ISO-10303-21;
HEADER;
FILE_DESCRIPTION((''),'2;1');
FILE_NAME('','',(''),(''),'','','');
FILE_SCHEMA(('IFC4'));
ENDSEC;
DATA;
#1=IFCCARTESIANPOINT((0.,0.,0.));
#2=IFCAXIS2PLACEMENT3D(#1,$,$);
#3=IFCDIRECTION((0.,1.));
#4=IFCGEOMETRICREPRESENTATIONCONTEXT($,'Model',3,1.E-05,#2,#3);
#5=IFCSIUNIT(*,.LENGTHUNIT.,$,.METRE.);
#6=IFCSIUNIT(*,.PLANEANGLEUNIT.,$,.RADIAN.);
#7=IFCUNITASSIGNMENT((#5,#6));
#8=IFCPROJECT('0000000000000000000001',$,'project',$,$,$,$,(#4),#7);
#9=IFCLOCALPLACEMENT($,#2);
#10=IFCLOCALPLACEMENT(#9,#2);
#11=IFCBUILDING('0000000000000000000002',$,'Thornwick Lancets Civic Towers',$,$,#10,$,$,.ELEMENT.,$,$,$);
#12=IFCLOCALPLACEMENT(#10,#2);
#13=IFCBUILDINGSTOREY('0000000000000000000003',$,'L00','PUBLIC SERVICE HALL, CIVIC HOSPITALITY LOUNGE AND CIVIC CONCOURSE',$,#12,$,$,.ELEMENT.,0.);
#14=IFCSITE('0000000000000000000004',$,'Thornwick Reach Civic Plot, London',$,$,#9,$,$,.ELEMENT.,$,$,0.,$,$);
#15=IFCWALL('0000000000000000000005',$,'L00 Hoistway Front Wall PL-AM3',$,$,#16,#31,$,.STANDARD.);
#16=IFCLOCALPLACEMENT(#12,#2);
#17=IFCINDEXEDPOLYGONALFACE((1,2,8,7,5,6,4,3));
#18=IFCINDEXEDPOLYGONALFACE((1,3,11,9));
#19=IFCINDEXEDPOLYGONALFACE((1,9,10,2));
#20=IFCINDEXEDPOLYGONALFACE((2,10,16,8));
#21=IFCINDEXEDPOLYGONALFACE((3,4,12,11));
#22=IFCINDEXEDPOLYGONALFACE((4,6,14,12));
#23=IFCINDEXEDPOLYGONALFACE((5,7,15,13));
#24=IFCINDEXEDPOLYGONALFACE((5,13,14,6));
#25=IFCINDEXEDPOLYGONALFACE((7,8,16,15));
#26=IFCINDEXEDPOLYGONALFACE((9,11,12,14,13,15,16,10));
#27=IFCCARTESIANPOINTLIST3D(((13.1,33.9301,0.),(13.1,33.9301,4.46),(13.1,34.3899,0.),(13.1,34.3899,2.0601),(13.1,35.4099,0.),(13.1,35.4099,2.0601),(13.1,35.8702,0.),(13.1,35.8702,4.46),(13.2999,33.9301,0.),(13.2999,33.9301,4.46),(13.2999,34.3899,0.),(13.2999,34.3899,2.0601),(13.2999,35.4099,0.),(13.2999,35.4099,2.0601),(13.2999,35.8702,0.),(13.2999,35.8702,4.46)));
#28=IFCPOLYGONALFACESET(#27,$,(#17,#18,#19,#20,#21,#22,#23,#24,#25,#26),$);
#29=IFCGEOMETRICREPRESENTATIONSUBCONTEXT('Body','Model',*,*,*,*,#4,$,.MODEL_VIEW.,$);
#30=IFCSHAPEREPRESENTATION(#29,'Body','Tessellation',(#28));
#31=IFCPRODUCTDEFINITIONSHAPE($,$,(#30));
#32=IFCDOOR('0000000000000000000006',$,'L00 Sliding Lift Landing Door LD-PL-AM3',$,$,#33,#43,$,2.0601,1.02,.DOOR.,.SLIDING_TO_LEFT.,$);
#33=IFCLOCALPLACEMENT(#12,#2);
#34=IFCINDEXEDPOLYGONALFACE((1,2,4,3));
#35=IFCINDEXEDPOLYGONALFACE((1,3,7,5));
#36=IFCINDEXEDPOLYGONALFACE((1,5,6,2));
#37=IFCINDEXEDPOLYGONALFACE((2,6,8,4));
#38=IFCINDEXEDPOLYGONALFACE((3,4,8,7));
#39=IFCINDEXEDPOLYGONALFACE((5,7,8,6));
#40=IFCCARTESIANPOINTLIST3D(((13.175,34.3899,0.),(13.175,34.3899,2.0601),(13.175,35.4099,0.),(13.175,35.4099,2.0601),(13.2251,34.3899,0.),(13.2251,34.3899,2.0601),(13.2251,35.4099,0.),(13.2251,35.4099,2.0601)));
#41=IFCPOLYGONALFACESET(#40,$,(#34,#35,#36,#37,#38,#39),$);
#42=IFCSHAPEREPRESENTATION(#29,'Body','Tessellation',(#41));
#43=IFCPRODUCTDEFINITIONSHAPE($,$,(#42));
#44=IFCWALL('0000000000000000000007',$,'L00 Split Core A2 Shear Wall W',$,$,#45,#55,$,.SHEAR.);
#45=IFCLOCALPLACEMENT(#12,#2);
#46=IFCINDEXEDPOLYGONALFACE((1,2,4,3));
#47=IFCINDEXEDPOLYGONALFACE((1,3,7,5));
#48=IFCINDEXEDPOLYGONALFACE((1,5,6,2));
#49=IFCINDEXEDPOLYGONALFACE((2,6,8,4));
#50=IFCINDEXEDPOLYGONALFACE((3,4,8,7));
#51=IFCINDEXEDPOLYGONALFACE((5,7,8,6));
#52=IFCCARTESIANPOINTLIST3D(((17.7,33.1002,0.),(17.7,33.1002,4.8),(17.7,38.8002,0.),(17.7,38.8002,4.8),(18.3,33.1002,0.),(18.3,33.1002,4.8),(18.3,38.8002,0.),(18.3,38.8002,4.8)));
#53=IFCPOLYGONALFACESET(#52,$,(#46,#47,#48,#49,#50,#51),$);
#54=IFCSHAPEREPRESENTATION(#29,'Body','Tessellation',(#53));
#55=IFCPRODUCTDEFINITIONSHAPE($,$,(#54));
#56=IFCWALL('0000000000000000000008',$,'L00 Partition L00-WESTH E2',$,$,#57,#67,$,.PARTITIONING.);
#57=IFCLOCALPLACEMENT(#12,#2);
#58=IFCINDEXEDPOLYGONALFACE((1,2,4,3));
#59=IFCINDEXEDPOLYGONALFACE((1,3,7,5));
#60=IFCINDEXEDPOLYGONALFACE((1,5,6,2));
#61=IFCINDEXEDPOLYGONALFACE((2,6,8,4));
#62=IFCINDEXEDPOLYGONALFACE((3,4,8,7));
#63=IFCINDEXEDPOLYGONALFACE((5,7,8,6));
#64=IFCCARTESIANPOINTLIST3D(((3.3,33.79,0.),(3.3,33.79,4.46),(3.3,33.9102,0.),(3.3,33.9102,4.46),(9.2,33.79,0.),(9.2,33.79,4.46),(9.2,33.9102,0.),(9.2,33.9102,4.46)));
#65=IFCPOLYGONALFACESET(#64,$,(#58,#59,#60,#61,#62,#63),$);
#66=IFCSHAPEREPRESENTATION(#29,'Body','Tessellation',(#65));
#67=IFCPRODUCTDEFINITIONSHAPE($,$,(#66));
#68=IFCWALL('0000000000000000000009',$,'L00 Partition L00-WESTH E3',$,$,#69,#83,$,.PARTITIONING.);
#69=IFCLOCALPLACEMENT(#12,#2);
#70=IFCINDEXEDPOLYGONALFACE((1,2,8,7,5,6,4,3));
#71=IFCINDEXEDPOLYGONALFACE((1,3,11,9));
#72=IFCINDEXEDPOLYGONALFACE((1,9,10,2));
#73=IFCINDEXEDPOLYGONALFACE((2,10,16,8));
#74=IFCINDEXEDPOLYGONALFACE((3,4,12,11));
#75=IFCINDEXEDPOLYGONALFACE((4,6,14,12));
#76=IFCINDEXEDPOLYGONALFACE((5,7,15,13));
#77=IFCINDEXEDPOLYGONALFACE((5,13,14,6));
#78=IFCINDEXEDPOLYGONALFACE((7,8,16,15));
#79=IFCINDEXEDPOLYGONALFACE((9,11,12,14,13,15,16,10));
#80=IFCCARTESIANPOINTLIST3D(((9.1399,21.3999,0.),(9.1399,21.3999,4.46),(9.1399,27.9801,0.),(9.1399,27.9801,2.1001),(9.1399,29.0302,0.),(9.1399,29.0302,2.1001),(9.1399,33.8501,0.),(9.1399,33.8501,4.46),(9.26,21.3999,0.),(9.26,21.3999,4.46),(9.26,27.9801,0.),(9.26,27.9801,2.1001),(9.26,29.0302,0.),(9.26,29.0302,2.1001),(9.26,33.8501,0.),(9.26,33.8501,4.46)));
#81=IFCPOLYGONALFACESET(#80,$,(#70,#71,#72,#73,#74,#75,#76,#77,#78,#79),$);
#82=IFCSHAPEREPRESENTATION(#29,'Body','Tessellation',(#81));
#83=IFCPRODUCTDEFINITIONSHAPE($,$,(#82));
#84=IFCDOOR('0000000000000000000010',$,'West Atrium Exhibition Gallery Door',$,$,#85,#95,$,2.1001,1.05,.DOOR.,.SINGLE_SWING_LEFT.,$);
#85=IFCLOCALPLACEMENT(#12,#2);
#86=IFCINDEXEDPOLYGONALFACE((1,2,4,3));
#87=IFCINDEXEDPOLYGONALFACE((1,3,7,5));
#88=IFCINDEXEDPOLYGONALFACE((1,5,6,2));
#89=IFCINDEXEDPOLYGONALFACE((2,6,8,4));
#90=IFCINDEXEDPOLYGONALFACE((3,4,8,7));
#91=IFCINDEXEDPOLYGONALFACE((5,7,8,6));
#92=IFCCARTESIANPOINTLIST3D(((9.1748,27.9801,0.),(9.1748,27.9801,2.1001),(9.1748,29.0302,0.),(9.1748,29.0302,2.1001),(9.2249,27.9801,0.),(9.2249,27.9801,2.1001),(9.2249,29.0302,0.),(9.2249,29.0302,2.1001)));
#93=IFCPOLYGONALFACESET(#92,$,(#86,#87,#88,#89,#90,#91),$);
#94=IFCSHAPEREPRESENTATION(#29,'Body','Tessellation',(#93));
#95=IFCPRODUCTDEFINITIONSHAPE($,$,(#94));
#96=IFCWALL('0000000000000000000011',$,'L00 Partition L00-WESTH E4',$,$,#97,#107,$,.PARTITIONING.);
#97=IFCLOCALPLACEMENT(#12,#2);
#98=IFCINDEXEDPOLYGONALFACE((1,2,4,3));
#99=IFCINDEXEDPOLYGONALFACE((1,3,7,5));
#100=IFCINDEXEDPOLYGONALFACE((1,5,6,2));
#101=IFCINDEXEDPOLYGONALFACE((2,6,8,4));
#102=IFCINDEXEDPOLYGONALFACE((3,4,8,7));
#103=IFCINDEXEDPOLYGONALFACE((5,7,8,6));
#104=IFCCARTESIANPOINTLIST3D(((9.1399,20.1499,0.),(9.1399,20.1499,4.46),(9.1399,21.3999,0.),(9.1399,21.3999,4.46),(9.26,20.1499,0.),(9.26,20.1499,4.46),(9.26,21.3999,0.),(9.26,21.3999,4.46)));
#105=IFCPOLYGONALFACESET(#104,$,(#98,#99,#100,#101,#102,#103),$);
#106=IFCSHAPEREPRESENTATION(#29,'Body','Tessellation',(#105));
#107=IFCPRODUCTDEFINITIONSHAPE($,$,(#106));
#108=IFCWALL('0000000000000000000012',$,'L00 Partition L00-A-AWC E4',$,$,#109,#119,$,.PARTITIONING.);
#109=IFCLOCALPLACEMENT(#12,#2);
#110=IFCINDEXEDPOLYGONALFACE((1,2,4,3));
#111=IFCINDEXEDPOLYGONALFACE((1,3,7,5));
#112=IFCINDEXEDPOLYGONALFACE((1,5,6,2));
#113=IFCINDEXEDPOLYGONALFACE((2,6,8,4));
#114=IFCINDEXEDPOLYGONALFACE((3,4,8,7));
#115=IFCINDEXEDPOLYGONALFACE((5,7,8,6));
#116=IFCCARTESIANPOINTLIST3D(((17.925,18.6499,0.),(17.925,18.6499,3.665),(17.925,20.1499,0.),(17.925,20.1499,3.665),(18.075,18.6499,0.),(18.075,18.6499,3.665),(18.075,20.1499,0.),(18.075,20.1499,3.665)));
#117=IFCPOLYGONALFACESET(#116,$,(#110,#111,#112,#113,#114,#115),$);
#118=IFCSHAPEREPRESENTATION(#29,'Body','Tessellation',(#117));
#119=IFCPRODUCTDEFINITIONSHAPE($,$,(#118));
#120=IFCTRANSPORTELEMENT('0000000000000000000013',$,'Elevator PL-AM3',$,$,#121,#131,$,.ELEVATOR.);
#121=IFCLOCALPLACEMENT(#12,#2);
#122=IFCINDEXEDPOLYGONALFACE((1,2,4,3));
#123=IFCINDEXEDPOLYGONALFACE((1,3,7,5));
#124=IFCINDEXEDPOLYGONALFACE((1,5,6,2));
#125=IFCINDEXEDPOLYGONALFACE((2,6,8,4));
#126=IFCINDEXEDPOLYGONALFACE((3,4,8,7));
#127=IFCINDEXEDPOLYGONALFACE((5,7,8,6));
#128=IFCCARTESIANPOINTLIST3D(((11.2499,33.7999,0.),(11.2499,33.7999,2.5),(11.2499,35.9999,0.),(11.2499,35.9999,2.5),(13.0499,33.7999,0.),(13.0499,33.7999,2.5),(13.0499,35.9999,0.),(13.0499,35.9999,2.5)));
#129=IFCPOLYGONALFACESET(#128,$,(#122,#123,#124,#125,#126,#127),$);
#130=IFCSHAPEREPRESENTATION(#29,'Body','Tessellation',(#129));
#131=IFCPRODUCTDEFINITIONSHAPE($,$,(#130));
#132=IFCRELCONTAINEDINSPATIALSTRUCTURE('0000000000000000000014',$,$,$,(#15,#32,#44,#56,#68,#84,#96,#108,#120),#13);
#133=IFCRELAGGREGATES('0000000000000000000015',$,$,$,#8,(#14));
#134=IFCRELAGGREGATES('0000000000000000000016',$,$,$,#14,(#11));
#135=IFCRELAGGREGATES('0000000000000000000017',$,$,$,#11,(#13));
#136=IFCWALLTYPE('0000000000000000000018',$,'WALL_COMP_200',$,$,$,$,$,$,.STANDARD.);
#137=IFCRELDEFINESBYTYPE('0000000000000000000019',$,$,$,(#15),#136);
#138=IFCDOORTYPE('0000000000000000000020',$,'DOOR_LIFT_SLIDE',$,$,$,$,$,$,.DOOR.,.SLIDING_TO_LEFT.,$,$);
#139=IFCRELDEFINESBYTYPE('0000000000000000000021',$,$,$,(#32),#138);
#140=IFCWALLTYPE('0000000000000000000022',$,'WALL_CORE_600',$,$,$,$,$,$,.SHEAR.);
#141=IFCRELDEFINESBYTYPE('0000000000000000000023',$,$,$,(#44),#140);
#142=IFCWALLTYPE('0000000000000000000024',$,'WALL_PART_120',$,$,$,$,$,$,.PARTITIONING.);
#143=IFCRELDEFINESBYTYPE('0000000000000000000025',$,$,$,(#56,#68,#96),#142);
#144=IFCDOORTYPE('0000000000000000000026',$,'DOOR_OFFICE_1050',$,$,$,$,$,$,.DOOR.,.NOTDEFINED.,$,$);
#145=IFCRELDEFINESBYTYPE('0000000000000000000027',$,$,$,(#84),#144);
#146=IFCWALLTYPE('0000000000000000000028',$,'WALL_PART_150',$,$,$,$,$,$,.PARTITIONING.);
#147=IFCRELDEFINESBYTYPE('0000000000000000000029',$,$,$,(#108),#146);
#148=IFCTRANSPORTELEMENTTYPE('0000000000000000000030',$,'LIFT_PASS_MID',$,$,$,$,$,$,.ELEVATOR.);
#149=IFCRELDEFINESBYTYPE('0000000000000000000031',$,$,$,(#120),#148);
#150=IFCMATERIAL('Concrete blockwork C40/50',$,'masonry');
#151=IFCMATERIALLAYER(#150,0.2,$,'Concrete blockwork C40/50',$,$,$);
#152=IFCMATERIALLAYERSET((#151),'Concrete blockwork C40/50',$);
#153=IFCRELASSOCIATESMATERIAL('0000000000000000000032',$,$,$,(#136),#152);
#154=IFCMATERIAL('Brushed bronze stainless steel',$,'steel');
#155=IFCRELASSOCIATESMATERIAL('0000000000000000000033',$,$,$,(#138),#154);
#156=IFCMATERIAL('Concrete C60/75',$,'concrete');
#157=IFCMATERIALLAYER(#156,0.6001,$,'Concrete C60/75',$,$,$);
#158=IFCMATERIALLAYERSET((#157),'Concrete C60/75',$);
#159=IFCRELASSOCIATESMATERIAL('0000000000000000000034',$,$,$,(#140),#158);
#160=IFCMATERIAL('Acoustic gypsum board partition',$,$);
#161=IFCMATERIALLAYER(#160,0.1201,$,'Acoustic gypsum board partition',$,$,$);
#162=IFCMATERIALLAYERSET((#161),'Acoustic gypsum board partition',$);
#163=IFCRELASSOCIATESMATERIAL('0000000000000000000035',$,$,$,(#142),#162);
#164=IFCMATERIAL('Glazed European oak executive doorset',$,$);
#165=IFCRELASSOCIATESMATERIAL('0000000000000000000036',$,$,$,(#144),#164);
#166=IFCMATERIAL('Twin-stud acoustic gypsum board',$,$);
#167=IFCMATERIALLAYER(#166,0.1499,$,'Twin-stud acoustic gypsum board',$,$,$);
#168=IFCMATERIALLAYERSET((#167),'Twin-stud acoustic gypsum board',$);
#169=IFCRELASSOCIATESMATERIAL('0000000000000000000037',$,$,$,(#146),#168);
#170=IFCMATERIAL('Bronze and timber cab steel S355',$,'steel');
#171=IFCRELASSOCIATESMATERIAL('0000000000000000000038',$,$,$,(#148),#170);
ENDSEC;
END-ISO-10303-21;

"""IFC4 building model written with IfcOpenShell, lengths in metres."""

from ifc_helpers import new_model, si_unit, direction, frame, frame_2d, origin, origin_2d, place, context, subcontext, project, spatial, rectangle, extrude, material, layer, layer_set, type_object, element, fill, save


model = new_model("IFC4")

# Units and contexts
model_context = context("Model", 3, precision=1e-05, world=origin(), true_north=direction((0.0, 1.0)))
body_context = subcontext(model_context, "Body", "Model", "MODEL_VIEW")
ifc_project = project(units=[si_unit("LENGTHUNIT", "METRE"), si_unit("PLANEANGLEUNIT", "RADIAN")], contexts=[model_context])

# Site, building, storey
site_placement = place(None, origin())
site = spatial("IfcSite", under=ifc_project, at=site_placement, Name="Thornwick Reach Civic Plot, London", CompositionType="ELEMENT", RefElevation=0.0)
building_placement = place(site_placement, origin())
building = spatial("IfcBuilding", under=site, at=building_placement, Name="Thornwick Lancets Civic Towers", CompositionType="ELEMENT")
storey_placement = place(building_placement, origin())
storey = spatial("IfcBuildingStorey", under=building, at=storey_placement, Name="L00", Description="PUBLIC SERVICE HALL, CIVIC HOSPITALITY LOUNGE AND CIVIC CONCOURSE", CompositionType="ELEMENT", Elevation=0.0)

# Shared definitions
ifc_material_1 = material(Name="Concrete C60/75", Category="concrete")

# Wall, opening, door
ifc_material_2 = material(Name="Concrete blockwork C40/50", Category="masonry")
ifc_layer_1 = layer(ifc_material_2, 0.2, Name="Concrete blockwork C40/50")
ifc_layer_set_1 = layer_set([ifc_layer_1], Name="Concrete blockwork C40/50")
wall_type_1 = type_object("IfcWallType", Name="WALL_COMP_200", PredefinedType="STANDARD", material=ifc_layer_set_1)
wall_1_placement = place(storey_placement, frame((13.2, 33.9299, 0.0), z_axis=(0.0, 0.0, 1.0), x_axis=(0.0, 1.0, 0.0)))
wall_1 = element("IfcWall", 1, at=wall_1_placement, inside=storey, type_object=wall_type_1, Name="L00 Hoistway Front Wall PL-AM3", PredefinedType="STANDARD", context=body_context, shape_type="SweptSolid", body=[
    extrude(rectangle(XDim=1.9402, YDim=0.2, at=frame_2d((0.9702, 0.0))), origin(), (0.0, 0.0, 1.0), 4.46),
])
opening_1_placement = place(wall_1_placement, frame((0.46, 0.0, 0.0)))
opening_1 = element("IfcOpeningElement", 2, at=opening_1_placement, cuts=wall_1, PredefinedType="OPENING", context=body_context, shape_type="SweptSolid", body=[
    extrude(rectangle(XDim=1.02, YDim=2.0601, at=frame_2d((0.51, 1.03))), frame((0.0, 0.1099, 0.0), z_axis=(0.0, -1.0, 0.0), x_axis=(1.0, 0.0, 0.0)), (0.0, 0.0, 1.0), 0.22),
])
ifc_material_3 = material(Name="Brushed bronze stainless steel", Category="steel")
door_type_1 = type_object("IfcDoorType", Name="DOOR_LIFT_SLIDE", OperationType="SLIDING_TO_LEFT", PredefinedType="DOOR", material=ifc_material_3)
door_1_placement = place(opening_1_placement, origin())
door_1 = element("IfcDoor", 3, at=door_1_placement, inside=storey, type_object=door_type_1, Name="L00 Sliding Lift Landing Door LD-PL-AM3", OperationType="SLIDING_TO_LEFT", OverallHeight=2.0601, OverallWidth=1.02, PredefinedType="DOOR", context=body_context, shape_type="SweptSolid", body=[
    extrude(rectangle(XDim=1.02, YDim=2.0601, at=frame_2d((0.51, 1.03))), frame((0.0, 0.0249, 0.0), z_axis=(0.0, -1.0, 0.0), x_axis=(1.0, 0.0, 0.0)), (0.0, 0.0, 1.0), 0.05),
])
fill(opening_1, door_1)

# Walls
ifc_layer_2 = layer(ifc_material_1, 0.6001, Name="Concrete C60/75")
ifc_layer_set_2 = layer_set([ifc_layer_2], Name="Concrete C60/75")
wall_type_2 = type_object("IfcWallType", Name="WALL_CORE_600", PredefinedType="SHEAR", material=ifc_layer_set_2)
wall_2_placement = place(storey_placement, frame((18.0, 33.1001, 0.0), z_axis=(0.0, 0.0, 1.0), x_axis=(0.0, 1.0, 0.0)))
element("IfcWall", 4, at=wall_2_placement, inside=storey, type_object=wall_type_2, Name="L00 Split Core A2 Shear Wall W", PredefinedType="SHEAR", context=body_context, shape_type="SweptSolid", body=[
    extrude(rectangle(XDim=5.7, YDim=0.6001, at=frame_2d((2.8501, 0.0))), origin(), (0.0, 0.0, 1.0), 4.8),
])
ifc_material_4 = material(Name="Acoustic gypsum board partition")
ifc_layer_3 = layer(ifc_material_4, 0.1201, Name="Acoustic gypsum board partition")
ifc_layer_set_3 = layer_set([ifc_layer_3], Name="Acoustic gypsum board partition")
wall_type_3 = type_object("IfcWallType", Name="WALL_PART_120", PredefinedType="PARTITIONING", material=ifc_layer_set_3)
wall_3_placement = place(storey_placement, frame((3.3, 33.8501, 0.0), z_axis=(0.0, 0.0, 1.0), x_axis=(1.0, 0.0, 0.0)))
element("IfcWall", 5, at=wall_3_placement, inside=storey, type_object=wall_type_3, Name="L00 Partition L00-WESTH E2", PredefinedType="PARTITIONING", context=body_context, shape_type="SweptSolid", body=[
    extrude(rectangle(XDim=5.8999, YDim=0.1201, at=frame_2d((2.95, 0.0))), origin(), (0.0, 0.0, 1.0), 4.46),
])

# Wall, opening, door
wall_4_placement = place(storey_placement, frame((9.2, 33.8501, 0.0), z_axis=(0.0, 0.0, 1.0), x_axis=(0.0, -1.0, 0.0)))
wall_4 = element("IfcWall", 6, at=wall_4_placement, inside=storey, type_object=wall_type_3, Name="L00 Partition L00-WESTH E3", PredefinedType="PARTITIONING", context=body_context, shape_type="SweptSolid", body=[
    extrude(rectangle(XDim=12.4502, YDim=0.1201, at=frame_2d((6.2251, 0.0))), origin(), (0.0, 0.0, 1.0), 4.46),
])
opening_2_placement = place(wall_4_placement, frame((4.8201, 0.0, 0.0)))
opening_2 = element("IfcOpeningElement", 7, at=opening_2_placement, cuts=wall_4, PredefinedType="OPENING", context=body_context, shape_type="SweptSolid", body=[
    extrude(rectangle(XDim=1.05, YDim=2.1001, at=frame_2d((0.5249, 1.05))), frame((0.0, 0.0701, 0.0), z_axis=(0.0, -1.0, 0.0), x_axis=(1.0, 0.0, 0.0)), (0.0, 0.0, 1.0), 0.1401),
])
ifc_material_5 = material(Name="Glazed European oak executive doorset")
door_type_2 = type_object("IfcDoorType", Name="DOOR_OFFICE_1050", OperationType="NOTDEFINED", PredefinedType="DOOR", material=ifc_material_5)
door_2_placement = place(opening_2_placement, origin())
door_2 = element("IfcDoor", 8, at=door_2_placement, inside=storey, type_object=door_type_2, Name="West Atrium Exhibition Gallery Door", OperationType="SINGLE_SWING_LEFT", OverallHeight=2.1001, OverallWidth=1.05, PredefinedType="DOOR", context=body_context, shape_type="SweptSolid", body=[
    extrude(rectangle(XDim=1.05, YDim=2.1001, at=frame_2d((0.5249, 1.05))), frame((0.0, 0.0249, 0.0), z_axis=(0.0, -1.0, 0.0), x_axis=(1.0, 0.0, 0.0)), (0.0, 0.0, 1.0), 0.05),
])
fill(opening_2, door_2)

# Walls
wall_5_placement = place(storey_placement, frame((9.2, 21.3999, 0.0), z_axis=(0.0, 0.0, 1.0), x_axis=(0.0, -1.0, 0.0)))
element("IfcWall", 9, at=wall_5_placement, inside=storey, type_object=wall_type_3, Name="L00 Partition L00-WESTH E4", PredefinedType="PARTITIONING", context=body_context, shape_type="SweptSolid", body=[
    extrude(rectangle(XDim=1.25, YDim=0.1201, at=frame_2d((0.625, 0.0))), origin(), (0.0, 0.0, 1.0), 4.46),
])
ifc_material_6 = material(Name="Twin-stud acoustic gypsum board")
ifc_layer_4 = layer(ifc_material_6, 0.1499, Name="Twin-stud acoustic gypsum board")
ifc_layer_set_4 = layer_set([ifc_layer_4], Name="Twin-stud acoustic gypsum board")
wall_type_4 = type_object("IfcWallType", Name="WALL_PART_150", PredefinedType="PARTITIONING", material=ifc_layer_set_4)
wall_6_placement = place(storey_placement, frame((18.0, 20.1499, 0.0), z_axis=(0.0, 0.0, 1.0), x_axis=(0.0, -1.0, 0.0)))
element("IfcWall", 10, at=wall_6_placement, inside=storey, type_object=wall_type_4, Name="L00 Partition L00-A-AWC E4", PredefinedType="PARTITIONING", context=body_context, shape_type="SweptSolid", body=[
    extrude(rectangle(XDim=1.5, YDim=0.1499, at=frame_2d((0.75, 0.0))), origin(), (0.0, 0.0, 1.0), 3.665),
])

# Transport element
ifc_material_7 = material(Name="Bronze and timber cab steel S355", Category="steel")
transport_element_type = type_object("IfcTransportElementType", Name="LIFT_PASS_MID", PredefinedType="ELEVATOR", material=ifc_material_7)
transport_element_placement = place(storey_placement, frame((12.1499, 34.8999, 0.0), z_axis=(0.0, 0.0, 1.0), x_axis=(1.0, 0.0, 0.0)))
element("IfcTransportElement", 11, at=transport_element_placement, inside=storey, type_object=transport_element_type, Name="Elevator PL-AM3", PredefinedType="ELEVATOR", context=body_context, shape_type="SweptSolid", body=[
    extrude(rectangle(XDim=1.8, YDim=2.2, at=origin_2d()), origin(), (0.0, 0.0, 1.0), 2.5),
])

save(model, "model.ifc")
